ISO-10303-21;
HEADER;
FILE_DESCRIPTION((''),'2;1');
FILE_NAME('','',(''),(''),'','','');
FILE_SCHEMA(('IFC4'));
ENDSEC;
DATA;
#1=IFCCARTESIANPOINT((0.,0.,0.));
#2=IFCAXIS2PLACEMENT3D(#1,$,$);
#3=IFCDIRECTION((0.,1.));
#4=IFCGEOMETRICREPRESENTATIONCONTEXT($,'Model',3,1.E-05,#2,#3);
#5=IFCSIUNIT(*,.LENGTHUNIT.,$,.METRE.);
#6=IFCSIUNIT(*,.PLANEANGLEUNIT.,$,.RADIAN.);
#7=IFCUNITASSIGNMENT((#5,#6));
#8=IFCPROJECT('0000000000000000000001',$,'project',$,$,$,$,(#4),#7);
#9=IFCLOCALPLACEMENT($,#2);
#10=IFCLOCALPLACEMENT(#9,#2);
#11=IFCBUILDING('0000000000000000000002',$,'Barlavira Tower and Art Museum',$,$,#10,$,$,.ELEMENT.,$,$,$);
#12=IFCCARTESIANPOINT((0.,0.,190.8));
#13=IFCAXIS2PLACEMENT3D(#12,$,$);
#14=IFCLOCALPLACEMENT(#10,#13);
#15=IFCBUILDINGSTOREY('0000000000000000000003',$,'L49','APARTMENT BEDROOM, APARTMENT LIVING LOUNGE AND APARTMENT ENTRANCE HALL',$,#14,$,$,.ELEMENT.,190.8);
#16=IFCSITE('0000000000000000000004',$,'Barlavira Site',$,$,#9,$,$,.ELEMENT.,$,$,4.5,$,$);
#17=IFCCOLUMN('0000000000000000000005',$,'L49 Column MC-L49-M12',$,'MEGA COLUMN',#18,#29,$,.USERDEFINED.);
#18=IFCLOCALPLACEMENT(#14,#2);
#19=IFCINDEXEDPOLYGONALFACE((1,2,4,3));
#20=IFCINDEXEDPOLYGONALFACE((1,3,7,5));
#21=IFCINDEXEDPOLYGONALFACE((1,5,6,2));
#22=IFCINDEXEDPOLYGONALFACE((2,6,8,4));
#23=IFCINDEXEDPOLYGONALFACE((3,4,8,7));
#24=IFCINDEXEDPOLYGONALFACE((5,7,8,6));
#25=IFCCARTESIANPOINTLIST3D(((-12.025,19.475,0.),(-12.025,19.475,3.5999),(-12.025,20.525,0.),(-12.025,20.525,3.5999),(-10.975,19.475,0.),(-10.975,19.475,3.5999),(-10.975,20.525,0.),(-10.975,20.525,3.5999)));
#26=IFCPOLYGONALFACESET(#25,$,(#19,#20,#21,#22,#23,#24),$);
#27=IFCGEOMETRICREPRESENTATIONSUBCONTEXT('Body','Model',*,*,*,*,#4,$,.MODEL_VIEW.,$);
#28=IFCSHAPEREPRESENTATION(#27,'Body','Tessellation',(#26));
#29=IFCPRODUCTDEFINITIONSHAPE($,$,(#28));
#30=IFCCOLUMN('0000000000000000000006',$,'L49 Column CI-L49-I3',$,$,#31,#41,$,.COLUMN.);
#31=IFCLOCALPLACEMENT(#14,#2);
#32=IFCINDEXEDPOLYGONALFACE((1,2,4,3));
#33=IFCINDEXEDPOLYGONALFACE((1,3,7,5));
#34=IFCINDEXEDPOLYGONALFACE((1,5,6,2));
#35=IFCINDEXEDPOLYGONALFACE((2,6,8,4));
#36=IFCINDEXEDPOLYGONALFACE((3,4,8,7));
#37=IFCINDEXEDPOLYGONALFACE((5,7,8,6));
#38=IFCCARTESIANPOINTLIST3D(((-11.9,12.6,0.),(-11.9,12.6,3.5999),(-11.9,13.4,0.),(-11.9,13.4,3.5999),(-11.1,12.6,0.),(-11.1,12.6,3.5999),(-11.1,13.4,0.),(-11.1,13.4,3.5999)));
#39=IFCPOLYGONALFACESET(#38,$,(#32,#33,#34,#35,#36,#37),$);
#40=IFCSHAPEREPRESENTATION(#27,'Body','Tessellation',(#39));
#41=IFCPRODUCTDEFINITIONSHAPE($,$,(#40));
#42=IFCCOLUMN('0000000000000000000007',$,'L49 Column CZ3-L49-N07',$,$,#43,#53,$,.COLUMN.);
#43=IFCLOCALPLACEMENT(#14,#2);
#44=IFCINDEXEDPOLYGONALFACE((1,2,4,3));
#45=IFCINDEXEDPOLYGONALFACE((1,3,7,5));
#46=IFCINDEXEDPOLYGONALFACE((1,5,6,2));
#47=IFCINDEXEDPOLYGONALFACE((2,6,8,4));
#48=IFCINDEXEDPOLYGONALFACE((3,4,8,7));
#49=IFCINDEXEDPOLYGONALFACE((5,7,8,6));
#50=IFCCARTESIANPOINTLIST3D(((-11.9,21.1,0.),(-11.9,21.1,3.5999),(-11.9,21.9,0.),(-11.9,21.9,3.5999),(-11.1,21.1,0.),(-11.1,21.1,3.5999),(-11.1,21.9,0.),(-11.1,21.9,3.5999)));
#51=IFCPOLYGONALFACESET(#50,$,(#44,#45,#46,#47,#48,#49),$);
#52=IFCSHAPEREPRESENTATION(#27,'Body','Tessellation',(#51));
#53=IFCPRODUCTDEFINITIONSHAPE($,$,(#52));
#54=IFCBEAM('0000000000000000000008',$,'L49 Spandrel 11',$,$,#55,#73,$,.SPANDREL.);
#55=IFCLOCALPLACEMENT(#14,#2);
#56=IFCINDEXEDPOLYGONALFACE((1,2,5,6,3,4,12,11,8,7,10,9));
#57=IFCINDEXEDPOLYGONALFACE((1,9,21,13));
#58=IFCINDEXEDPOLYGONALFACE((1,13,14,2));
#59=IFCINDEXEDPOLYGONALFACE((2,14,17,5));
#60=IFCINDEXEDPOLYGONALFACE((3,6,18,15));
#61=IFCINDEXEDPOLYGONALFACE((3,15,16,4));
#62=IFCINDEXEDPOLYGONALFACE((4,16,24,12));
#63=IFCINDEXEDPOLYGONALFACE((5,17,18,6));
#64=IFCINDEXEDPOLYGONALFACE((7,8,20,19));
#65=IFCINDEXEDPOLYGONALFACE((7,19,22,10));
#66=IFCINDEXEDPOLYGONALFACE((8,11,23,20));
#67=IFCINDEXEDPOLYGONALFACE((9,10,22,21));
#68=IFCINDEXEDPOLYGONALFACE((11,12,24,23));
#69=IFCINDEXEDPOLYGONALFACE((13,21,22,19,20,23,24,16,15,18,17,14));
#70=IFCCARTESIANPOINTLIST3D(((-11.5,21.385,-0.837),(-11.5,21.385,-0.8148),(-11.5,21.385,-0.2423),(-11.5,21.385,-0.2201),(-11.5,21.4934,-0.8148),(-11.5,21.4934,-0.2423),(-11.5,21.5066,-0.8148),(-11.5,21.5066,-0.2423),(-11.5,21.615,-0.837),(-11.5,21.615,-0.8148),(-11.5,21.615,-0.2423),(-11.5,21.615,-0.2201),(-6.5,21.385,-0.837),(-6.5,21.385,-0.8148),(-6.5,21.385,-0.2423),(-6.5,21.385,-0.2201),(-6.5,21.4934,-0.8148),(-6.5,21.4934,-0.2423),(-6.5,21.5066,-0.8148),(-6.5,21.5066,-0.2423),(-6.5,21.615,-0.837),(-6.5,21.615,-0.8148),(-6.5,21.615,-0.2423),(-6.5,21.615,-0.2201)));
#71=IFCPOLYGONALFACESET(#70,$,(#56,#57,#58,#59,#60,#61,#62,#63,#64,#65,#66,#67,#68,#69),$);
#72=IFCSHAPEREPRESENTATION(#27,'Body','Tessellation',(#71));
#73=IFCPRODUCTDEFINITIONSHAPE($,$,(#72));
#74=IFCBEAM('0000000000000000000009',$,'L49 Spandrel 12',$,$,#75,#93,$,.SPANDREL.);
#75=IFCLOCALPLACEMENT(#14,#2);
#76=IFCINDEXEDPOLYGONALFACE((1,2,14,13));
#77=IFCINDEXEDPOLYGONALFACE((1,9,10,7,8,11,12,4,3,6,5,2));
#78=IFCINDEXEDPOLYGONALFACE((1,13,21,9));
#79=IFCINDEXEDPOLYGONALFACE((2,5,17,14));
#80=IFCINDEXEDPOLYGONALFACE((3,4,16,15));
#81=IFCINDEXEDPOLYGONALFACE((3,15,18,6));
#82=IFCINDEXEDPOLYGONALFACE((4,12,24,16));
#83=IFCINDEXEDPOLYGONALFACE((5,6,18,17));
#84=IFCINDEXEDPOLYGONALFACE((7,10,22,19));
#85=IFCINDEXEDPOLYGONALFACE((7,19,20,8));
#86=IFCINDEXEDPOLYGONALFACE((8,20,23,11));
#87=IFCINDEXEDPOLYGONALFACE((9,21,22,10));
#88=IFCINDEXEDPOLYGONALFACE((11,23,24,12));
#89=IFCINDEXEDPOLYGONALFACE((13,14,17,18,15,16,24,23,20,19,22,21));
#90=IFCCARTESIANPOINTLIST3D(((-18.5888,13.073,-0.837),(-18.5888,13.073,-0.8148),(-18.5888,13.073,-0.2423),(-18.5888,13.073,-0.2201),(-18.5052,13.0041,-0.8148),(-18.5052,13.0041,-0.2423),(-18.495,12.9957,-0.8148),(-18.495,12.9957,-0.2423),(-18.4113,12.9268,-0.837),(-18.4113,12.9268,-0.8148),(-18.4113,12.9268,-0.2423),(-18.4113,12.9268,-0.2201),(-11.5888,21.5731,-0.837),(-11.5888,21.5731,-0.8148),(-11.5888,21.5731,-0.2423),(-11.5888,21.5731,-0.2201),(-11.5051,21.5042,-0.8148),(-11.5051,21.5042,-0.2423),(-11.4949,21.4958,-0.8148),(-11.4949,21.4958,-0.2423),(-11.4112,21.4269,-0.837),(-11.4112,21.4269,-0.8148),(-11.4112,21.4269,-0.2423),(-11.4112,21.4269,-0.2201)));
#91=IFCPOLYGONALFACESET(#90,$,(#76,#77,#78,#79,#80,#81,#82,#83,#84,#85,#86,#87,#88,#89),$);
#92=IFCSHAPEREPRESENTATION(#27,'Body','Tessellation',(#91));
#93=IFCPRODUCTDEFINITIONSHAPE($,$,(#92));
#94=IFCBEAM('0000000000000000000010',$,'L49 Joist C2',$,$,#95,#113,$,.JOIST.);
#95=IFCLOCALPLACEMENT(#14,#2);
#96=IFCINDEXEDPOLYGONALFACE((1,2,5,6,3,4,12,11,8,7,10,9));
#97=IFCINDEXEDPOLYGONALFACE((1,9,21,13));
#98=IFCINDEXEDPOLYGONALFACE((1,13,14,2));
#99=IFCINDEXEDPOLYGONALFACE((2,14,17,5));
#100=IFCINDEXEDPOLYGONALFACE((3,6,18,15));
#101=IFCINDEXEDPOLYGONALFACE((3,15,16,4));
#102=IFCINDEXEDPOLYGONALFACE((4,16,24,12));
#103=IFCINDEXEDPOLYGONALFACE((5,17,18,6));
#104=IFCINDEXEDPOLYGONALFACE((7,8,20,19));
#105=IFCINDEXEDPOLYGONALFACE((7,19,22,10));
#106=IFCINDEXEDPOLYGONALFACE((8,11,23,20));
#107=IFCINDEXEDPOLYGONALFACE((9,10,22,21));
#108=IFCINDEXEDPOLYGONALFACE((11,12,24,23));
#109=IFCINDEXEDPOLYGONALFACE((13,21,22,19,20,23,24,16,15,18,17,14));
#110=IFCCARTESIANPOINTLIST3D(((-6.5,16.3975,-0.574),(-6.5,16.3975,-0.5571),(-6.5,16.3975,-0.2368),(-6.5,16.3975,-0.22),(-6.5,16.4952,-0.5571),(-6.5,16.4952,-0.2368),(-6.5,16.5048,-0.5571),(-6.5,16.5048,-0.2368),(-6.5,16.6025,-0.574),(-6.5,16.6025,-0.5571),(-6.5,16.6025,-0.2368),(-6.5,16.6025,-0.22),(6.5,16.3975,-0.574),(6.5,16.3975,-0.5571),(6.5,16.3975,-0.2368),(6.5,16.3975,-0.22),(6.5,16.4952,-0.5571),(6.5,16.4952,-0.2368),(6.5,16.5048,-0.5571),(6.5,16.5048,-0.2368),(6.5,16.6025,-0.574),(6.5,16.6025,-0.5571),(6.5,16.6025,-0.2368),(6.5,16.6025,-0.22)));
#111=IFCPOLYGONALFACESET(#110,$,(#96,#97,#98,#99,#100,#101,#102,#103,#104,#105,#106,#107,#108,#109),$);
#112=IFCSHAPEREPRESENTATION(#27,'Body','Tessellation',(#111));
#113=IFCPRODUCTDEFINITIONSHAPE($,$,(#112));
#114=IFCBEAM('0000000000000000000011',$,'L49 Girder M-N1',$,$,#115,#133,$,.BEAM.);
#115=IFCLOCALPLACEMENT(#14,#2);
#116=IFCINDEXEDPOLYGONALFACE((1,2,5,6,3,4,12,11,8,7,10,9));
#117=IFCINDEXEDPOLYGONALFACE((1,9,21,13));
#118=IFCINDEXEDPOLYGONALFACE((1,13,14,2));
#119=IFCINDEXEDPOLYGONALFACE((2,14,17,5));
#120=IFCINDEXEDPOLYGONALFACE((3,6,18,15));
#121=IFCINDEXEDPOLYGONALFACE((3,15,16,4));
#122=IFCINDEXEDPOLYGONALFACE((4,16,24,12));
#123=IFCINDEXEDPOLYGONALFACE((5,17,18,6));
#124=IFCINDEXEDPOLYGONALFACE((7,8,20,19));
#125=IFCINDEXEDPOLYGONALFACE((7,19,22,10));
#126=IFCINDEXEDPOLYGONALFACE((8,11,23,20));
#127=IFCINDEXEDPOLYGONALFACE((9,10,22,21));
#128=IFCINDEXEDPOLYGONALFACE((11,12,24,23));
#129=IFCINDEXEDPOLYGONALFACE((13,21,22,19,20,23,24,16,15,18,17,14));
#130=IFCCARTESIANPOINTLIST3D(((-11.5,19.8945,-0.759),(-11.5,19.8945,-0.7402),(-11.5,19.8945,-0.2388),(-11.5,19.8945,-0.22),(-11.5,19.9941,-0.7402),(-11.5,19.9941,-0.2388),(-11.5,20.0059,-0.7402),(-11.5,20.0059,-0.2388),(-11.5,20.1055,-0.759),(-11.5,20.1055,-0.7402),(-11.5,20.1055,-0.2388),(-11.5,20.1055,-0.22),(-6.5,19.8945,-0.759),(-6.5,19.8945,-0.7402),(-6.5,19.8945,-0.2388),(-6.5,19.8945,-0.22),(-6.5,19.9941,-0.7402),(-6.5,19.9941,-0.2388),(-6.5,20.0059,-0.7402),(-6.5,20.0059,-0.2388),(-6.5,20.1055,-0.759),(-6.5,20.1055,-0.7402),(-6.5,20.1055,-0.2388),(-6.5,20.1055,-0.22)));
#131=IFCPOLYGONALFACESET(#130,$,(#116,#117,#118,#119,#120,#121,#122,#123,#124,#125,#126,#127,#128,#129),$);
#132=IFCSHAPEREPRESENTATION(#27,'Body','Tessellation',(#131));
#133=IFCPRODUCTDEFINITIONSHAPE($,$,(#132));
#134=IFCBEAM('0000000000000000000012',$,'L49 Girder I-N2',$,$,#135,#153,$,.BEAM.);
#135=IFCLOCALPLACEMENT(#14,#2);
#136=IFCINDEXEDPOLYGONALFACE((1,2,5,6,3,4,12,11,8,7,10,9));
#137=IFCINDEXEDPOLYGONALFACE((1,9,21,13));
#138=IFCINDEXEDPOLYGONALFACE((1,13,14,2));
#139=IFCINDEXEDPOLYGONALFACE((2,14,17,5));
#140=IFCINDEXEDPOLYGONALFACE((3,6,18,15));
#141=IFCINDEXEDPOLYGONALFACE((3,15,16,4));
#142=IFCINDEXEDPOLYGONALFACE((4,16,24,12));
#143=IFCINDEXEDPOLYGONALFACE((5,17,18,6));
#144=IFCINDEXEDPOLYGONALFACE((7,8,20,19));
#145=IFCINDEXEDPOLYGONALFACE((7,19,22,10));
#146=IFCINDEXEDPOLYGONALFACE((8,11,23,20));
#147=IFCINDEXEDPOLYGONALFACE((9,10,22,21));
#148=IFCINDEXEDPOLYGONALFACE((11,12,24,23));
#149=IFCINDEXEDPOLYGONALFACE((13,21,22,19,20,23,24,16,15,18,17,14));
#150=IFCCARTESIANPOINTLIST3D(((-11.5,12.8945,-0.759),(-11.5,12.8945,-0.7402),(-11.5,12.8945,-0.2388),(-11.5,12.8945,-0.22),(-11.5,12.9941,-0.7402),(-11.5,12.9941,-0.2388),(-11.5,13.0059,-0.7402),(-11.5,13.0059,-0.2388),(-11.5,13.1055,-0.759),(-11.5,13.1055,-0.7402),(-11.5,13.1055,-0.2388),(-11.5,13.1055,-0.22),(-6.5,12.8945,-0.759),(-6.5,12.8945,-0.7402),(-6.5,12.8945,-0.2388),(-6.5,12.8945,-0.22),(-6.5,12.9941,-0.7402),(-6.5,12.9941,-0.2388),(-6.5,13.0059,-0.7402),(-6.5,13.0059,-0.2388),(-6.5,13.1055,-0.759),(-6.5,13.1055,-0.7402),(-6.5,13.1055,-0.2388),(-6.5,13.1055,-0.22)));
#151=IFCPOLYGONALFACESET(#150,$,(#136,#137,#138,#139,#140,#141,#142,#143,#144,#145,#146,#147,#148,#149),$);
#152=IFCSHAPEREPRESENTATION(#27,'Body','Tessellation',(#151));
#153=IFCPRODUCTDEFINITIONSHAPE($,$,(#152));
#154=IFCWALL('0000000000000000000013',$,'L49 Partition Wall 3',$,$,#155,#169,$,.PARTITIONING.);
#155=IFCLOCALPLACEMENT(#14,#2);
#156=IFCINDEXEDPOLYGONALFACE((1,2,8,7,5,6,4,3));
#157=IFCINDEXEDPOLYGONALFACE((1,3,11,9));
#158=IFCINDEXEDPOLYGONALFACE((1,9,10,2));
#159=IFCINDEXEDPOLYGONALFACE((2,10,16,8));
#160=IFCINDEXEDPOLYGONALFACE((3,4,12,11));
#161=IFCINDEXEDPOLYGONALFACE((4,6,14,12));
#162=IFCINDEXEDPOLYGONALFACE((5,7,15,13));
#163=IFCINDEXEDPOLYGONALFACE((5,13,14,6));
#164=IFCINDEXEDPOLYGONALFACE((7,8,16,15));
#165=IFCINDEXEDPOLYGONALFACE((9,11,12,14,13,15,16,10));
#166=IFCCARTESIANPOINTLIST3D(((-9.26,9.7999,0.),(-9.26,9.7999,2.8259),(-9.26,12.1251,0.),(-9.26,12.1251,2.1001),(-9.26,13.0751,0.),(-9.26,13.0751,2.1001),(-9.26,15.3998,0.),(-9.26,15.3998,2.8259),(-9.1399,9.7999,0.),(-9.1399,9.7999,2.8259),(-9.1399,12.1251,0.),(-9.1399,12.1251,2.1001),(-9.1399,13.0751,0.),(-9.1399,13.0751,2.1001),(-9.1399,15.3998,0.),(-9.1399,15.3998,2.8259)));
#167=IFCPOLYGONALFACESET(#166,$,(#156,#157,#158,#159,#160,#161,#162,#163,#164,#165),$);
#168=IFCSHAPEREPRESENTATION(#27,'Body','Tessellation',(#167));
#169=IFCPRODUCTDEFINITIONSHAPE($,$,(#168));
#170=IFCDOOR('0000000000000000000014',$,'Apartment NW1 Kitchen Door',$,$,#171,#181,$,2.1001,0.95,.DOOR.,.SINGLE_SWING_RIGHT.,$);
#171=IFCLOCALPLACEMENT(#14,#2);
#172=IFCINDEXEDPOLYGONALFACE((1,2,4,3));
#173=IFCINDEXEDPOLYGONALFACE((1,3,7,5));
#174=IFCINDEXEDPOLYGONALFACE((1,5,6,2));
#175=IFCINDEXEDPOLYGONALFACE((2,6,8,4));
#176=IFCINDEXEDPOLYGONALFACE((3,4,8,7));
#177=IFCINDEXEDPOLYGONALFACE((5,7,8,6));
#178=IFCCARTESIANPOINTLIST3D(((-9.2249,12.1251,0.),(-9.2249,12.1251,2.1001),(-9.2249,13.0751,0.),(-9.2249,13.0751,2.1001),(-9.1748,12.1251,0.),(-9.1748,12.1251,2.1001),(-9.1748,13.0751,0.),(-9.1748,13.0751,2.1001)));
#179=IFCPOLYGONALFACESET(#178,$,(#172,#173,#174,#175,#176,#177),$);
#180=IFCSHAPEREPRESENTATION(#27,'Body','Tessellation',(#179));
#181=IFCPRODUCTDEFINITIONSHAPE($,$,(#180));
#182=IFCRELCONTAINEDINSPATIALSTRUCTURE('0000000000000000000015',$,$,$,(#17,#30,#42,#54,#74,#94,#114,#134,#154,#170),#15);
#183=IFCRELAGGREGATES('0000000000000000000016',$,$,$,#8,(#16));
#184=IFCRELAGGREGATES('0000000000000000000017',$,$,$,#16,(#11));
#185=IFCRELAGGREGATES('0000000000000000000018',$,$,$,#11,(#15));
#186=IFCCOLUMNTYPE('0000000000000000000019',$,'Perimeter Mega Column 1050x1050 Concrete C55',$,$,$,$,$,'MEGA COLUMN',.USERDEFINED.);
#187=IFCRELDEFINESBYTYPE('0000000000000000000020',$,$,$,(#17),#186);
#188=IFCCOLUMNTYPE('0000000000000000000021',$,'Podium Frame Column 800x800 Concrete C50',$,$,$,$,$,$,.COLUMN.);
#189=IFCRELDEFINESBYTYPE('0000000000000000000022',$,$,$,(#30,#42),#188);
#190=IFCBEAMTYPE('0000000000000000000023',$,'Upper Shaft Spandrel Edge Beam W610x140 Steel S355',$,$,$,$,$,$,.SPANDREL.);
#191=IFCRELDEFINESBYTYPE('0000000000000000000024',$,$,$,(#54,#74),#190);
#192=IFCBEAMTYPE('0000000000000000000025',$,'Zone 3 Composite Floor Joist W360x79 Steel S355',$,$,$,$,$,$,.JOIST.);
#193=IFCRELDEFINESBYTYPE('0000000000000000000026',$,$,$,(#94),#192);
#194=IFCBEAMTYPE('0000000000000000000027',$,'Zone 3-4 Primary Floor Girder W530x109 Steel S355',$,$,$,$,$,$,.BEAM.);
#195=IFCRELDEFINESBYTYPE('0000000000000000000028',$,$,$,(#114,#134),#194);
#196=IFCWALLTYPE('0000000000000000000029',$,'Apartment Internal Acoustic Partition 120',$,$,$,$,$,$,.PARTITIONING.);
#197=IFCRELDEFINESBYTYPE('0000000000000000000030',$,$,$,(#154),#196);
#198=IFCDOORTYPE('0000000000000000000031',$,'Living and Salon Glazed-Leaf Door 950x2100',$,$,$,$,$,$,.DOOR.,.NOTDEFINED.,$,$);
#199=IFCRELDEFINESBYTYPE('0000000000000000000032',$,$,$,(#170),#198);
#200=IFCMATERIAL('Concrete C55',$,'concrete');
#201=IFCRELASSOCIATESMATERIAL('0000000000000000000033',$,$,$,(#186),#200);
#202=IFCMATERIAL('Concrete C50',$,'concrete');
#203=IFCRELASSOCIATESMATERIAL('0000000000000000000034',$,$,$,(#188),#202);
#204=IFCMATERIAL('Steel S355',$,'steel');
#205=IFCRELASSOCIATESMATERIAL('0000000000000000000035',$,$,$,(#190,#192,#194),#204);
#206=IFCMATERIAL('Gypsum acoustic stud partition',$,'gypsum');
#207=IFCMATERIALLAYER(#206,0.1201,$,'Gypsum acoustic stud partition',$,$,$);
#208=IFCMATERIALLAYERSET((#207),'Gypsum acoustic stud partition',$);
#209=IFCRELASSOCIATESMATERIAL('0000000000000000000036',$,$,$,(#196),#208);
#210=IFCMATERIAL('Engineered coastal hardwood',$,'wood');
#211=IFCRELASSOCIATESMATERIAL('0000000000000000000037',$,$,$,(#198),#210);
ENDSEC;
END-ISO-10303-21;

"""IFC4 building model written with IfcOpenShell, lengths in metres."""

from ifc_helpers import new_model, si_unit, direction, frame, frame_2d, origin, origin_2d, place, context, subcontext, project, spatial, rectangle, i_section, extrude, material, layer, layer_set, material_profile, profile_set, type_object, element, fill, save


model = new_model("IFC4")

# Units and contexts
model_context = context("Model", 3, precision=1e-05, world=origin(), true_north=direction((0.0, 1.0)))
body_context = subcontext(model_context, "Body", "Model", "MODEL_VIEW")
ifc_project = project(units=[si_unit("LENGTHUNIT", "METRE"), si_unit("PLANEANGLEUNIT", "RADIAN")], contexts=[model_context])

# Site, building, storey
site_placement = place(None, origin())
site = spatial("IfcSite", under=ifc_project, at=site_placement, Name="Barlavira Site", CompositionType="ELEMENT", RefElevation=4.5)
building_placement = place(site_placement, origin())
building = spatial("IfcBuilding", under=site, at=building_placement, Name="Barlavira Tower and Art Museum", CompositionType="ELEMENT")
storey_placement = place(building_placement, frame((0.0, 0.0, 190.8)))
storey = spatial("IfcBuildingStorey", under=building, at=storey_placement, Name="L49", Description="APARTMENT BEDROOM, APARTMENT LIVING LOUNGE AND APARTMENT ENTRANCE HALL", CompositionType="ELEMENT", Elevation=190.8)

# Columns
ifc_material_1 = material(Name="Concrete C55", Category="concrete")
ifc_material_profile_1 = material_profile(ifc_material_1, rectangle(XDim=1.05, YDim=1.05, at=origin_2d()), Name="RC-COL 1050x1050")
ifc_profile_set_1 = profile_set([ifc_material_profile_1], Name="Concrete C55")
column_type_1 = type_object("IfcColumnType", Name="Perimeter Mega Column 1050x1050 Concrete C55", ElementType="MEGA COLUMN", PredefinedType="USERDEFINED", material=ifc_profile_set_1)
column_placement = place(storey_placement, frame((-11.5, 20.0, 0.0), z_axis=(0.0, 0.0, 1.0), x_axis=(1.0, 0.0, 0.0)))
element("IfcColumn", 1, at=column_placement, inside=storey, type_object=column_type_1, Name="L49 Column MC-L49-M12", ObjectType="MEGA COLUMN", PredefinedType="USERDEFINED", context=body_context, shape_type="SweptSolid", body=[
    extrude(rectangle(XDim=1.05, YDim=1.05, at=origin_2d()), origin(), (0.0, 0.0, 1.0), 3.5999),
])
ifc_material_2 = material(Name="Concrete C50", Category="concrete")
ifc_material_profile_2 = material_profile(ifc_material_2, rectangle(XDim=0.8, YDim=0.8, at=origin_2d()), Name="RC-COL 800x800")
ifc_profile_set_2 = profile_set([ifc_material_profile_2], Name="Concrete C50")
column_type_2 = type_object("IfcColumnType", Name="Podium Frame Column 800x800 Concrete C50", PredefinedType="COLUMN", material=ifc_profile_set_2)
for number, where, z_axis, x_axis, name in (
    (2, (-11.5, 13.0, 0.0), (0.0, 0.0, 1.0), (1.0, 0.0, 0.0), "L49 Column CI-L49-I3"),
    (3, (-11.5, 21.5, 0.0), (0.0, 0.0, 1.0), (1.0, 0.0, 0.0), "L49 Column CZ3-L49-N07"),
):
    element("IfcColumn", number, at=place(storey_placement, frame(where, z_axis=z_axis, x_axis=x_axis)), inside=storey, type_object=column_type_2, Name=name, PredefinedType="COLUMN", context=body_context, shape_type="SweptSolid", body=[
        extrude(rectangle(XDim=0.8, YDim=0.8, at=origin_2d()), origin(), (0.0, 0.0, 1.0), 3.5999),
    ])

# Beams
ifc_material_3 = material(Name="Steel S355", Category="steel")
ifc_material_profile_3 = material_profile(ifc_material_3, i_section(OverallWidth=0.23, OverallDepth=0.6169, WebThickness=0.0132, FlangeThickness=0.0222, at=origin_2d()), Name="W610x140.0")
ifc_profile_set_3 = profile_set([ifc_material_profile_3], Name="Steel S355")
beam_type_1 = type_object("IfcBeamType", Name="Upper Shaft Spandrel Edge Beam W610x140 Steel S355", PredefinedType="SPANDREL", material=ifc_profile_set_3)
beam_1_placement = place(storey_placement, frame((-11.5, 21.5, -0.5286), z_axis=(1.0, 0.0, 0.0), x_axis=(0.0, 1.0, 0.0)))
element("IfcBeam", 4, at=beam_1_placement, inside=storey, type_object=beam_type_1, Name="L49 Spandrel 11", PredefinedType="SPANDREL", context=body_context, shape_type="SweptSolid", body=[
    extrude(i_section(OverallWidth=0.23, OverallDepth=0.6169, WebThickness=0.0132, FlangeThickness=0.0222, at=origin_2d()), origin(), (0.0, 0.0, 1.0), 5.0),
])
beam_2_placement = place(storey_placement, frame((-11.5, 21.5, -0.5286), z_axis=(-0.635707, -0.77193, 0.0), x_axis=(0.77193, -0.635707, 0.0)))
element("IfcBeam", 5, at=beam_2_placement, inside=storey, type_object=beam_type_1, Name="L49 Spandrel 12", PredefinedType="SPANDREL", context=body_context, shape_type="SweptSolid", body=[
    extrude(i_section(OverallWidth=0.23, OverallDepth=0.6169, WebThickness=0.0132, FlangeThickness=0.0222, at=origin_2d()), origin(), (0.0, 0.0, 1.0), 11.0115),
])
ifc_material_profile_4 = material_profile(ifc_material_3, i_section(OverallWidth=0.2051, OverallDepth=0.354, WebThickness=0.0095, FlangeThickness=0.0168, at=origin_2d()), Name="W360x79.0")
ifc_profile_set_4 = profile_set([ifc_material_profile_4], Name="Steel S355")
beam_type_2 = type_object("IfcBeamType", Name="Zone 3 Composite Floor Joist W360x79 Steel S355", PredefinedType="JOIST", material=ifc_profile_set_4)
beam_3_placement = place(storey_placement, frame((-6.5, 16.5, -0.397), z_axis=(1.0, 0.0, 0.0), x_axis=(0.0, 1.0, 0.0)))
element("IfcBeam", 6, at=beam_3_placement, inside=storey, type_object=beam_type_2, Name="L49 Joist C2", PredefinedType="JOIST", context=body_context, shape_type="SweptSolid", body=[
    extrude(i_section(OverallWidth=0.2051, OverallDepth=0.354, WebThickness=0.0095, FlangeThickness=0.0168, at=origin_2d()), origin(), (0.0, 0.0, 1.0), 13.0),
])
ifc_material_profile_5 = material_profile(ifc_material_3, i_section(OverallWidth=0.2109, OverallDepth=0.5391, WebThickness=0.0117, FlangeThickness=0.0188, at=origin_2d()), Name="W530x109.0")
ifc_profile_set_5 = profile_set([ifc_material_profile_5], Name="Steel S355")
beam_type_3 = type_object("IfcBeamType", Name="Zone 3-4 Primary Floor Girder W530x109 Steel S355", PredefinedType="BEAM", material=ifc_profile_set_5)
for number, where, z_axis, x_axis, name in (
    (7, (-11.5, 20.0, -0.4895), (1.0, 0.0, 0.0), (0.0, 1.0, 0.0), "L49 Girder M-N1"),
    (8, (-11.5, 13.0, -0.4895), (1.0, 0.0, 0.0), (0.0, 1.0, 0.0), "L49 Girder I-N2"),
):
    element("IfcBeam", number, at=place(storey_placement, frame(where, z_axis=z_axis, x_axis=x_axis)), inside=storey, type_object=beam_type_3, Name=name, PredefinedType="BEAM", context=body_context, shape_type="SweptSolid", body=[
        extrude(i_section(OverallWidth=0.2109, OverallDepth=0.5391, WebThickness=0.0117, FlangeThickness=0.0188, at=origin_2d()), origin(), (0.0, 0.0, 1.0), 5.0),
    ])

# Wall, opening, door
ifc_material_4 = material(Name="Gypsum acoustic stud partition", Category="gypsum")
ifc_layer_1 = layer(ifc_material_4, 0.1201, Name="Gypsum acoustic stud partition")
ifc_layer_set_1 = layer_set([ifc_layer_1], Name="Gypsum acoustic stud partition")
wall_type_1 = type_object("IfcWallType", Name="Apartment Internal Acoustic Partition 120", PredefinedType="PARTITIONING", material=ifc_layer_set_1)
wall_1_placement = place(storey_placement, frame((-9.2, 9.8, 0.0), z_axis=(0.0, 0.0, 1.0), x_axis=(0.0, 1.0, 0.0)))
wall_1 = element("IfcWall", 9, at=wall_1_placement, inside=storey, type_object=wall_type_1, Name="L49 Partition Wall 3", PredefinedType="PARTITIONING", context=body_context, shape_type="SweptSolid", body=[
    extrude(rectangle(XDim=5.5999, YDim=0.1201, at=frame_2d((2.7998, 0.0))), origin(), (0.0, 0.0, 1.0), 2.8259),
])
opening_1_placement = place(wall_1_placement, frame((2.325, 0.0, 0.0)))
opening_1 = element("IfcOpeningElement", 10, at=opening_1_placement, cuts=wall_1, PredefinedType="OPENING", context=body_context, shape_type="SweptSolid", body=[
    extrude(rectangle(XDim=0.95, YDim=2.1001, at=frame_2d((0.4751, 1.05))), frame((0.0, 0.0701, 0.0), z_axis=(0.0, -1.0, 0.0), x_axis=(1.0, 0.0, 0.0)), (0.0, 0.0, 1.0), 0.1401),
])
ifc_material_5 = material(Name="Engineered coastal hardwood", Category="wood")
door_type = type_object("IfcDoorType", Name="Living and Salon Glazed-Leaf Door 950x2100", OperationType="NOTDEFINED", PredefinedType="DOOR", material=ifc_material_5)
door_placement = place(opening_1_placement, origin())
door = element("IfcDoor", 11, at=door_placement, inside=storey, type_object=door_type, Name="Apartment NW1 Kitchen Door", OperationType="SINGLE_SWING_RIGHT", OverallHeight=2.1001, OverallWidth=0.95, PredefinedType="DOOR", context=body_context, shape_type="SweptSolid", body=[
    extrude(rectangle(XDim=0.95, YDim=2.1001, at=frame_2d((0.4751, 1.05))), frame((0.0, 0.0249, 0.0), z_axis=(0.0, -1.0, 0.0), x_axis=(1.0, 0.0, 0.0)), (0.0, 0.0, 1.0), 0.05),
])
fill(opening_1, door)

save(model, "model.ifc")
